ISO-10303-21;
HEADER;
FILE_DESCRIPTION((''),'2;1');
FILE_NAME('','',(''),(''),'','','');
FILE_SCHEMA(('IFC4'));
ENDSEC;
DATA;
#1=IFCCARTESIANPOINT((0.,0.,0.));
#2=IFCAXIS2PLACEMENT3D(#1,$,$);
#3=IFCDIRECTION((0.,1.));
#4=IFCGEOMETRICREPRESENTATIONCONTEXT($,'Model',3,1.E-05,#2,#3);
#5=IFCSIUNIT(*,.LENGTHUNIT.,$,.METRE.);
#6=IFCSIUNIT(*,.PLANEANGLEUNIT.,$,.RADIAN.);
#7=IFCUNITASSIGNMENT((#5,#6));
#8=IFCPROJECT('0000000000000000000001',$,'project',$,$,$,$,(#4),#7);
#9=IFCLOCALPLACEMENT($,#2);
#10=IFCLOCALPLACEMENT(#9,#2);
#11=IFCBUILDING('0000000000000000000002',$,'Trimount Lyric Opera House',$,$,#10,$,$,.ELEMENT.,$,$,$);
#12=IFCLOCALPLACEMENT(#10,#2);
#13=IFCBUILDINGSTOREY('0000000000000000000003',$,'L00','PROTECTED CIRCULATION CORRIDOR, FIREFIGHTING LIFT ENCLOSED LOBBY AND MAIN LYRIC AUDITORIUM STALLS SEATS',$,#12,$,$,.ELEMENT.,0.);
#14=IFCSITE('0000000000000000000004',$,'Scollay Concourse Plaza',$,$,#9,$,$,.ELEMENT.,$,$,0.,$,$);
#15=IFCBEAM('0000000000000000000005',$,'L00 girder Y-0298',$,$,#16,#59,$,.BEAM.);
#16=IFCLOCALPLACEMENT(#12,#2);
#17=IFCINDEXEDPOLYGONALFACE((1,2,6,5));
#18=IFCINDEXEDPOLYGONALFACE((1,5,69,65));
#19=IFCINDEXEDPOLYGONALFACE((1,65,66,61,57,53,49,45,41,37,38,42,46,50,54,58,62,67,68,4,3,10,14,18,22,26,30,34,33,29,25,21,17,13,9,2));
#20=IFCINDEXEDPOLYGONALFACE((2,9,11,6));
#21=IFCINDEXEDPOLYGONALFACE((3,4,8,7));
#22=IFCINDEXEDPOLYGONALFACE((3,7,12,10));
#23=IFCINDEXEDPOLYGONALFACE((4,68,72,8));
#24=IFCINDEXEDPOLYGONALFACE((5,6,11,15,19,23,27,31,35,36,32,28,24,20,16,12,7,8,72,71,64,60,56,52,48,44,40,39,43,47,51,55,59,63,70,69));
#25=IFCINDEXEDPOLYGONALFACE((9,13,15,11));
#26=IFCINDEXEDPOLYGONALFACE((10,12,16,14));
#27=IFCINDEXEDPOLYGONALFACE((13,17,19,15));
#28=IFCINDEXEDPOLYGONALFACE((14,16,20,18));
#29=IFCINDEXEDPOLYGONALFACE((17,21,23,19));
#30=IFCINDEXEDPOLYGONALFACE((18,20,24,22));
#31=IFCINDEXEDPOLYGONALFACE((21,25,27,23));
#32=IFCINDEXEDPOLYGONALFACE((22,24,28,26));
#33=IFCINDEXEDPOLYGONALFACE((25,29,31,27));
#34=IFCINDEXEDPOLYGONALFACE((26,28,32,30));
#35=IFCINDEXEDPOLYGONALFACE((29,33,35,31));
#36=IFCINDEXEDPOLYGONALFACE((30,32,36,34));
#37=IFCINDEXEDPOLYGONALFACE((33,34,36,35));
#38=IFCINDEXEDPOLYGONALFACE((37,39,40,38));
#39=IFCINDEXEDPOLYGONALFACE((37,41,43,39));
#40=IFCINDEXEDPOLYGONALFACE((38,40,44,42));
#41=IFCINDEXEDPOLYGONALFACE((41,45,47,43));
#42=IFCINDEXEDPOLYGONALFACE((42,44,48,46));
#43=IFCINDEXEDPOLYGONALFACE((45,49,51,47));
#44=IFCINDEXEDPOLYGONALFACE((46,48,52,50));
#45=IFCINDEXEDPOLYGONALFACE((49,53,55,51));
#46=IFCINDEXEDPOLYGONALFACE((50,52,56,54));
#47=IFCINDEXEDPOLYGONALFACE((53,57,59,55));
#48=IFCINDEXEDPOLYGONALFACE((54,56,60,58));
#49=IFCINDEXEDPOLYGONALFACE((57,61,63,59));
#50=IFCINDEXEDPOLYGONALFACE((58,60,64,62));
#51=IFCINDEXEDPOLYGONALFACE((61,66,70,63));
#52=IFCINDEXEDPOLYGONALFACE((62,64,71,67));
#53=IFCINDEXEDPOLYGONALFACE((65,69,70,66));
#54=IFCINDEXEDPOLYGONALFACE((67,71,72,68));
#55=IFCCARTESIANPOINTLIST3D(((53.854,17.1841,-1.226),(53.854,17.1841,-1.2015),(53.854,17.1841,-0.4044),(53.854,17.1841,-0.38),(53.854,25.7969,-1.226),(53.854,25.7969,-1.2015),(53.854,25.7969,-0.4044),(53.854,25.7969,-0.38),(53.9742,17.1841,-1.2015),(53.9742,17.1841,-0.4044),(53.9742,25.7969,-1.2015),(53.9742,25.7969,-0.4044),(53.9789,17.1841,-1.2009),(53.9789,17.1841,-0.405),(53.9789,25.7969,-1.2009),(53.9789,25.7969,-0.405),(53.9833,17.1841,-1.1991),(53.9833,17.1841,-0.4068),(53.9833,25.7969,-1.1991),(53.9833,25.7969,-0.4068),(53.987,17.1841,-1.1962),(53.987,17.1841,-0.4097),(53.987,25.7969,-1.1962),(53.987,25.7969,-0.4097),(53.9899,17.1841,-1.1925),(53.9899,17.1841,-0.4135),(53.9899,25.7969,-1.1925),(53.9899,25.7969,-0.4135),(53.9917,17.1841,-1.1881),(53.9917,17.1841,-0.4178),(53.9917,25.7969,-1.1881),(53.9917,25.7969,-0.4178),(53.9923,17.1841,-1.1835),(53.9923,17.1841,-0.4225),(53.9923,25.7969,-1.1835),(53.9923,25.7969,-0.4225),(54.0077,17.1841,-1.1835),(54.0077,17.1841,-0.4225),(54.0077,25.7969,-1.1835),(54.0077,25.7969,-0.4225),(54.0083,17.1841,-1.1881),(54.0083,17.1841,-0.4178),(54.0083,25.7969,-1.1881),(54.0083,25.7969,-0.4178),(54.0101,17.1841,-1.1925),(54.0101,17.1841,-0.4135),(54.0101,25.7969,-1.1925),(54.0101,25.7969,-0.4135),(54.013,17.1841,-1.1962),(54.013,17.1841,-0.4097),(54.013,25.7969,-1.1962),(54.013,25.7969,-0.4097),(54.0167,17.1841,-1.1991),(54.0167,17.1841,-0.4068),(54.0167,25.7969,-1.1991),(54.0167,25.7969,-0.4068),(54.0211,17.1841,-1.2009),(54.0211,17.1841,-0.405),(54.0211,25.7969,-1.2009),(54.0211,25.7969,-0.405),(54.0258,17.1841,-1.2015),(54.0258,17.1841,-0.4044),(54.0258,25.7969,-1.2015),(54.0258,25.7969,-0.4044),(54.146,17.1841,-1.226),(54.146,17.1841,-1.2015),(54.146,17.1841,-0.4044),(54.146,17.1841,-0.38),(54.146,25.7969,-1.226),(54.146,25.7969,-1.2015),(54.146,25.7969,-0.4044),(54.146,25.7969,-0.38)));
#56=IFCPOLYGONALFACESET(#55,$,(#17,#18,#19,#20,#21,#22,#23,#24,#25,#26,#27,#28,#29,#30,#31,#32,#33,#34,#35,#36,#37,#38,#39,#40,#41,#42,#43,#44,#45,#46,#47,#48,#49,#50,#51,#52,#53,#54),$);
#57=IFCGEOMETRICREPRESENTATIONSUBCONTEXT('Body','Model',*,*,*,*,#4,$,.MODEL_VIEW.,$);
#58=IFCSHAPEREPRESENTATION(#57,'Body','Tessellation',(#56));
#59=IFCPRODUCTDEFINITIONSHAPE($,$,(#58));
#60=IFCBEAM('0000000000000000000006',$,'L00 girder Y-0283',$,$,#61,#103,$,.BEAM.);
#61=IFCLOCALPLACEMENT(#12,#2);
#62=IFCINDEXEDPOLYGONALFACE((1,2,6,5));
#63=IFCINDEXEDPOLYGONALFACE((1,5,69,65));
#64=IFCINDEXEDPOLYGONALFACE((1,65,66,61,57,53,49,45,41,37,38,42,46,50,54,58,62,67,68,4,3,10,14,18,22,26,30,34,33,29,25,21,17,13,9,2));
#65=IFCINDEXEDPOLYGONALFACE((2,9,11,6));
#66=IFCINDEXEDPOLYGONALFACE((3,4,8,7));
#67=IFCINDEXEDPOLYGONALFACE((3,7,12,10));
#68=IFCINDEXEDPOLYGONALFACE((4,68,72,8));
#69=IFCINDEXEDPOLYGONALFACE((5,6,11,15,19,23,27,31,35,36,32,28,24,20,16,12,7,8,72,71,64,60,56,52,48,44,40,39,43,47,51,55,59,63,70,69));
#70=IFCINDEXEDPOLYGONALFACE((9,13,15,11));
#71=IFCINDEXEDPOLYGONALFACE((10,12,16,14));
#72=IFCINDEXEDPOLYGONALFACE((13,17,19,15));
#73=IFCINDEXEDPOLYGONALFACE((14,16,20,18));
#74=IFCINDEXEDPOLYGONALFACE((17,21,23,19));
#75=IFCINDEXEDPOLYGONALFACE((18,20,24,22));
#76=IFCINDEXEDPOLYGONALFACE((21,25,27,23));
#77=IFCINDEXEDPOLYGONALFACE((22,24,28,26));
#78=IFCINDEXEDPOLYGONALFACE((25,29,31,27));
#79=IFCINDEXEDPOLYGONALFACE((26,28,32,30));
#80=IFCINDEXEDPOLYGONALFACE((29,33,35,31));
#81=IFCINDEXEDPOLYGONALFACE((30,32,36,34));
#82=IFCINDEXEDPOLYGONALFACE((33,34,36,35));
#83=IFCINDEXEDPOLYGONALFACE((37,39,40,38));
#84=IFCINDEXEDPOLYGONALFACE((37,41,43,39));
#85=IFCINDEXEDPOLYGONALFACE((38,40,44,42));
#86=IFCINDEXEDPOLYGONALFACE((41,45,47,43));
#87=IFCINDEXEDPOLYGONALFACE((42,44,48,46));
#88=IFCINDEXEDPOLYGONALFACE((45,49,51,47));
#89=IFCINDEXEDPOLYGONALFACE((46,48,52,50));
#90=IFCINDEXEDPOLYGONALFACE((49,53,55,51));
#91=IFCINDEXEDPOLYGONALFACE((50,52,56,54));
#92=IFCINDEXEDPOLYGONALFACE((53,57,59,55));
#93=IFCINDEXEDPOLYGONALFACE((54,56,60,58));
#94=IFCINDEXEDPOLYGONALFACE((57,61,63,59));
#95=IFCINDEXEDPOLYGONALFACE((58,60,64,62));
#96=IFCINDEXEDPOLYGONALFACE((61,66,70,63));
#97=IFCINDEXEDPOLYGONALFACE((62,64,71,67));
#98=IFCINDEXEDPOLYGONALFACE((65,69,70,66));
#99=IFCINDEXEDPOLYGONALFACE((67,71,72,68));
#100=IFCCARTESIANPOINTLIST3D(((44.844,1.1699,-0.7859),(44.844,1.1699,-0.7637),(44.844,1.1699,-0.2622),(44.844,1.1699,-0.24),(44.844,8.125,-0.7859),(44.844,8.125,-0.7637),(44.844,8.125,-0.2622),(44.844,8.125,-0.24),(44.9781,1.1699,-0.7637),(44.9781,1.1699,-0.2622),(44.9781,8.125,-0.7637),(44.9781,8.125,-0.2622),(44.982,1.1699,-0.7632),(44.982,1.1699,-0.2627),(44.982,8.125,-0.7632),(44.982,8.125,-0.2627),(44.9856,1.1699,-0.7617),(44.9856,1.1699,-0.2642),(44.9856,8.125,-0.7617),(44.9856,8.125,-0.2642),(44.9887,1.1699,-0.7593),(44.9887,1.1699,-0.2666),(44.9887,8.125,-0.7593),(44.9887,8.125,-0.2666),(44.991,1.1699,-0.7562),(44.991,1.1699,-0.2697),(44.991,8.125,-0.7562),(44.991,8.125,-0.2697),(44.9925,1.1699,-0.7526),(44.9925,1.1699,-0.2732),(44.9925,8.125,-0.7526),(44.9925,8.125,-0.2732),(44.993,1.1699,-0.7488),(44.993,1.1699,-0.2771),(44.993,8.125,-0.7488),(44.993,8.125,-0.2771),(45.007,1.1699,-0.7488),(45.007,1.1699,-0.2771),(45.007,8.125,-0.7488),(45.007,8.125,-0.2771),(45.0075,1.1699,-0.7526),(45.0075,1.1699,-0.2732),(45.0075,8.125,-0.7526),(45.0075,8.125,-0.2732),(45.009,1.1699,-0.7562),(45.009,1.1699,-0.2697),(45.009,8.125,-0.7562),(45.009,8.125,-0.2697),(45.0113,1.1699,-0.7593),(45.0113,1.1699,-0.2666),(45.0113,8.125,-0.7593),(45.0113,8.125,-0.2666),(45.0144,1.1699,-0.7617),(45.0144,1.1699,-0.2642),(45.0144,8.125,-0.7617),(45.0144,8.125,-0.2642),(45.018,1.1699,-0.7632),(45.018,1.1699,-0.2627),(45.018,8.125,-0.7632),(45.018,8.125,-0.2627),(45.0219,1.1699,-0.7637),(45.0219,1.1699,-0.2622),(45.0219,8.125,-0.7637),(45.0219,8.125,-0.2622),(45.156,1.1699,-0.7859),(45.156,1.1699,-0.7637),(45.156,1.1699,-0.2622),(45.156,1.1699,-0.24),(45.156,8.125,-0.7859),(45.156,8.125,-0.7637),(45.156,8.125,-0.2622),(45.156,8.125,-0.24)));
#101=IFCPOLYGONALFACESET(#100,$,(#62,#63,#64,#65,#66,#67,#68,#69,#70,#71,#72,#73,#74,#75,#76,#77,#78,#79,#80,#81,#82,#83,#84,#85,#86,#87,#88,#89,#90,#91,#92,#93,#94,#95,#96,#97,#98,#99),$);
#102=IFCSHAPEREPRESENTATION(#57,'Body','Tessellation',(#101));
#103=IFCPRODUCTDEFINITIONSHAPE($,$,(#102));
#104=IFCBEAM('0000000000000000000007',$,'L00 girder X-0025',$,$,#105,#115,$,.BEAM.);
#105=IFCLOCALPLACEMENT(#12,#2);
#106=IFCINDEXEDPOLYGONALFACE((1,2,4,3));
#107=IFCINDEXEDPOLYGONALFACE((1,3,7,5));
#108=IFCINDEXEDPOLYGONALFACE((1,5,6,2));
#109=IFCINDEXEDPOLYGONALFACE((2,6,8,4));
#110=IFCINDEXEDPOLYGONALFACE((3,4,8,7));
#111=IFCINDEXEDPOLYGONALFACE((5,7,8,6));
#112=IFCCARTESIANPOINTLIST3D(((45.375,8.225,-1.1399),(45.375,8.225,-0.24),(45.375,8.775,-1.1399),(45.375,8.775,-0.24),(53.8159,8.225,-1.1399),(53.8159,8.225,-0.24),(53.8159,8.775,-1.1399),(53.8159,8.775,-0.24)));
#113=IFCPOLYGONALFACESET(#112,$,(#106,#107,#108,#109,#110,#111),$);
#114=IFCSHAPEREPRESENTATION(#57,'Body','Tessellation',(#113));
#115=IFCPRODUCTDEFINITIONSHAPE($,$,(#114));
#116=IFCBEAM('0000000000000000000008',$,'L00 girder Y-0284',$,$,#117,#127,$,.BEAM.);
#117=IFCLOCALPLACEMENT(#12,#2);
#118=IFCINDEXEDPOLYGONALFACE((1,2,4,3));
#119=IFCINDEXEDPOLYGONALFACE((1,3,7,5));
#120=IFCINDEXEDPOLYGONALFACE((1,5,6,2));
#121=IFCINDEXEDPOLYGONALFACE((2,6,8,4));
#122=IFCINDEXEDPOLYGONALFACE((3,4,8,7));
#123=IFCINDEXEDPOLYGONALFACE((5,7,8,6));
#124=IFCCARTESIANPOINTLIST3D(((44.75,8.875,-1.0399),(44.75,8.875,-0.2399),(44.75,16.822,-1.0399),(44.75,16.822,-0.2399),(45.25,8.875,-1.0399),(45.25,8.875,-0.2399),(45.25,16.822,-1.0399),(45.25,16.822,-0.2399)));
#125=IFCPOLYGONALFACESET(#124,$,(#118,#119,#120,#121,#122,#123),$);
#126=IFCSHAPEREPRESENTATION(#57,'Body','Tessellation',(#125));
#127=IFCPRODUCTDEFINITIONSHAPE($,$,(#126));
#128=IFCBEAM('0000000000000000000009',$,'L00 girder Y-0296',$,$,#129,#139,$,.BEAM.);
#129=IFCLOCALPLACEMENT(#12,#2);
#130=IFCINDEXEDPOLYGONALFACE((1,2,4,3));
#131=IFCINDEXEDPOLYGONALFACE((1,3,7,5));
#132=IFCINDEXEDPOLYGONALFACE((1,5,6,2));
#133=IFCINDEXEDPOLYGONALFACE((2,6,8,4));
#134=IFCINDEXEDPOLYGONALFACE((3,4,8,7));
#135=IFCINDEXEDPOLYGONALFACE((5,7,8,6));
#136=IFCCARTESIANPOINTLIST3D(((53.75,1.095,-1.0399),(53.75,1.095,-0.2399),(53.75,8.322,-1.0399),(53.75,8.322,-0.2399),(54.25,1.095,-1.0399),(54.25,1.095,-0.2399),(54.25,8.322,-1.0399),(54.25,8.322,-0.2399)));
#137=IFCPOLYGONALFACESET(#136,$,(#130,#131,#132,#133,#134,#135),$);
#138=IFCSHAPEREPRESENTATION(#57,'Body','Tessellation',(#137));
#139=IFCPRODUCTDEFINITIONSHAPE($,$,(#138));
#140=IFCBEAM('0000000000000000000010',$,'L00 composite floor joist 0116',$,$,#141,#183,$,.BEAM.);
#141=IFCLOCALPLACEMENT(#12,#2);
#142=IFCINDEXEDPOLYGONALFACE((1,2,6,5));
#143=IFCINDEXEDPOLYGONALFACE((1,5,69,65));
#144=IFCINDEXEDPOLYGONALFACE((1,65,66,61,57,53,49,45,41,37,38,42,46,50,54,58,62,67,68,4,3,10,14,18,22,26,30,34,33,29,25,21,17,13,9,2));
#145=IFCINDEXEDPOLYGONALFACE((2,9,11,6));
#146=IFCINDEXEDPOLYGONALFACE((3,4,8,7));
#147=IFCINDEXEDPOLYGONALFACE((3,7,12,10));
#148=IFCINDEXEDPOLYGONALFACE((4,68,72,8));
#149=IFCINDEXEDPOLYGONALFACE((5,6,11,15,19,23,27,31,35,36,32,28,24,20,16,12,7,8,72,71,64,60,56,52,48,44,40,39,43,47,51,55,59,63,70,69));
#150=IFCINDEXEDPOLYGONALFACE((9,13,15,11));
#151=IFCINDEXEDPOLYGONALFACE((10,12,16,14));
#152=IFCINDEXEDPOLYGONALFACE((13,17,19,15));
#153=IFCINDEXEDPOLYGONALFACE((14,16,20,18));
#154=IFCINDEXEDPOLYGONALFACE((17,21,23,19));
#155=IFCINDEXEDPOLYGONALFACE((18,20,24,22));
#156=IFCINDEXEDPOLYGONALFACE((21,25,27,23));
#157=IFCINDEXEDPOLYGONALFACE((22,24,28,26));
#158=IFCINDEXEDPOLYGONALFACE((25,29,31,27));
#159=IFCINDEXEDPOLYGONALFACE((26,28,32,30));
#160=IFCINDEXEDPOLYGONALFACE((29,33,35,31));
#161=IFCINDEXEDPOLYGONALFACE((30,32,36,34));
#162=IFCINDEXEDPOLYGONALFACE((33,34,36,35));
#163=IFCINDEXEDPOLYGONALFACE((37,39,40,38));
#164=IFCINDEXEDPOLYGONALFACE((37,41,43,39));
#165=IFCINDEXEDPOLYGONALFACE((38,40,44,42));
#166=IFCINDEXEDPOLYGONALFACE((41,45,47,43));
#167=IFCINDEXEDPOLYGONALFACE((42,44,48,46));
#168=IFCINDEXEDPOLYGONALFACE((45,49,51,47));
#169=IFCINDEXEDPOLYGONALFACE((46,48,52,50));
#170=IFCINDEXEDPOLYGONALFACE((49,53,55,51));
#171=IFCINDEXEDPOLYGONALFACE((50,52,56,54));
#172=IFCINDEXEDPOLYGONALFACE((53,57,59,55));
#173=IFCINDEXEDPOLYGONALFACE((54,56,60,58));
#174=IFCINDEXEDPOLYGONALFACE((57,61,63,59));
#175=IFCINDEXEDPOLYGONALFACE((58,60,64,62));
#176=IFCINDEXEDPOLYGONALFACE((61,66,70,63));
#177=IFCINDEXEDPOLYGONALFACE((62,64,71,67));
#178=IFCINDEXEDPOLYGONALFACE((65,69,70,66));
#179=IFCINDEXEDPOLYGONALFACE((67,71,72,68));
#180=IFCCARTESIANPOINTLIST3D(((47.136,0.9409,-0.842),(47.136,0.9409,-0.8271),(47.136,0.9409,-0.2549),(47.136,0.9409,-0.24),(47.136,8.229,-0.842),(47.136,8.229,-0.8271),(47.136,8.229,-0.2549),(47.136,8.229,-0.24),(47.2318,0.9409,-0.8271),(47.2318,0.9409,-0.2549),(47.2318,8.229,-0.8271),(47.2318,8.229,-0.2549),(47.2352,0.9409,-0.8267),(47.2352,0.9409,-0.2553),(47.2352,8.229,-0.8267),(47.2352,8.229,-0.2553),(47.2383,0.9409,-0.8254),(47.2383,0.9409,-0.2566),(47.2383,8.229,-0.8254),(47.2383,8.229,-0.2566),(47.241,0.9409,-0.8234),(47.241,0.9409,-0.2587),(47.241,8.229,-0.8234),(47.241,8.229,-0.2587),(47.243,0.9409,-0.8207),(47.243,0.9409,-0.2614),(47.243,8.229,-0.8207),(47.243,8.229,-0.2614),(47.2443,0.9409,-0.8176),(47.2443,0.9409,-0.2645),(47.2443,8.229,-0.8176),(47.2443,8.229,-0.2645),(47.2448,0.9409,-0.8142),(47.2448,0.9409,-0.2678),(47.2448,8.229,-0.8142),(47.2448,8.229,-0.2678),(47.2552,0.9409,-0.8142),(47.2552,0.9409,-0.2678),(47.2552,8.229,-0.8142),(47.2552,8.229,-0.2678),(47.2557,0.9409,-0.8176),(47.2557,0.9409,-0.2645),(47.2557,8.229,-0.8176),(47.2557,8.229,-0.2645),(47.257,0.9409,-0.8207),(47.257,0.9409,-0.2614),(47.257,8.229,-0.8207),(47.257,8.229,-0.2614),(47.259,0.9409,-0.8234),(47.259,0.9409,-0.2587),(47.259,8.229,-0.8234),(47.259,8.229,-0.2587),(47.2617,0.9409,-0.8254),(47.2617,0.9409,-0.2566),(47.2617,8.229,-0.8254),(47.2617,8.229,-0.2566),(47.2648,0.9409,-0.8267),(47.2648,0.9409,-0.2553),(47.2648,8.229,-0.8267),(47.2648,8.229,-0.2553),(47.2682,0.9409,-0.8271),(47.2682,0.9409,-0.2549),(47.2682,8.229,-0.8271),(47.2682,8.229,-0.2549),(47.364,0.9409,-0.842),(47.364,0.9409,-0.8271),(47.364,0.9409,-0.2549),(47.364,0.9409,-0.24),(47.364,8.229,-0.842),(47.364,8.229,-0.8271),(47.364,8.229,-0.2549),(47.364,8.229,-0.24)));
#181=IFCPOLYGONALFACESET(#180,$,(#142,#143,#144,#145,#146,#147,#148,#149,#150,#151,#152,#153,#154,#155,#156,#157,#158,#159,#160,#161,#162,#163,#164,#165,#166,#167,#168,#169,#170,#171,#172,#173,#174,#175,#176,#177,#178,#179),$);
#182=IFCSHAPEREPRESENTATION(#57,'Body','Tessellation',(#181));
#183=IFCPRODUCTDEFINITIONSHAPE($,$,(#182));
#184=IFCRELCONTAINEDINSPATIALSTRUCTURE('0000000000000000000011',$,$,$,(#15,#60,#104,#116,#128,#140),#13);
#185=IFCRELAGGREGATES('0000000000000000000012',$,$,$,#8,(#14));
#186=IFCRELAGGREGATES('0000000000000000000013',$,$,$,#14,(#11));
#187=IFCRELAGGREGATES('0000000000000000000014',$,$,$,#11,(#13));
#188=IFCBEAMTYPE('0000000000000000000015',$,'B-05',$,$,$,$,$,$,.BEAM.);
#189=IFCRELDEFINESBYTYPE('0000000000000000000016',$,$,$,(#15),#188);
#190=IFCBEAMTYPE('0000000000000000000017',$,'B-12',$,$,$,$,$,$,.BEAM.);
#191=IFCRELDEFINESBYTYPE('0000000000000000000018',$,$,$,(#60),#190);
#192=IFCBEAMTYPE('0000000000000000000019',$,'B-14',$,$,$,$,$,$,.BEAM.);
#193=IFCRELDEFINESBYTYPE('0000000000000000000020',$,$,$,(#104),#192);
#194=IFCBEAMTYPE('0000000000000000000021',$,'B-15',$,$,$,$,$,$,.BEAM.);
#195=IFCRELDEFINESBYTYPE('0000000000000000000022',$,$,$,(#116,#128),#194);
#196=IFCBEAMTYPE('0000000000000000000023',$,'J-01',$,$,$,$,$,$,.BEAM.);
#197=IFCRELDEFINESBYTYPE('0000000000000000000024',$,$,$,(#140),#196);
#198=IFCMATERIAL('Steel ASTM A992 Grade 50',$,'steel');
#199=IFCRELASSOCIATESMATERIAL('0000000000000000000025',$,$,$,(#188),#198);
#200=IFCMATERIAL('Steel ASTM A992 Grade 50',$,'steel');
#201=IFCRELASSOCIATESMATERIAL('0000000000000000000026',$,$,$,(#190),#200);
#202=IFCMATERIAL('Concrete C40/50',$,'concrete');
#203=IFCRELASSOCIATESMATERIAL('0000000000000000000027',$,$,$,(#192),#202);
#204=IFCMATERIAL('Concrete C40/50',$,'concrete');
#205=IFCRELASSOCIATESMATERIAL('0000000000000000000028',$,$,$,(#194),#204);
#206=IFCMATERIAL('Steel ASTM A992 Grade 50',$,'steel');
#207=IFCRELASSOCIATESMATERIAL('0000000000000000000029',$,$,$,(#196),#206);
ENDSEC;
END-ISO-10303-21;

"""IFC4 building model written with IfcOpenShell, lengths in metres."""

from ifc_helpers import new_model, si_unit, direction, frame, origin, origin_2d, place, context, subcontext, project, spatial, rectangle, i_section, extrude, material, material_profile, profile_set, type_object, element, save


model = new_model("IFC4")

# Units and contexts
model_context = context("Model", 3, precision=1e-05, world=origin(), true_north=direction((0.0, 1.0)))
body_context = subcontext(model_context, "Body", "Model", "MODEL_VIEW")
ifc_project = project(units=[si_unit("LENGTHUNIT", "METRE"), si_unit("PLANEANGLEUNIT", "RADIAN")], contexts=[model_context])

# Site, building, storey
site_placement = place(None, origin())
site = spatial("IfcSite", under=ifc_project, at=site_placement, Name="Scollay Concourse Plaza", CompositionType="ELEMENT", RefElevation=0.0)
building_placement = place(site_placement, origin())
building = spatial("IfcBuilding", under=site, at=building_placement, Name="Trimount Lyric Opera House", CompositionType="ELEMENT")
storey_placement = place(building_placement, origin())
storey = spatial("IfcBuildingStorey", under=building, at=storey_placement, Name="L00", Description="PROTECTED CIRCULATION CORRIDOR, FIREFIGHTING LIFT ENCLOSED LOBBY AND MAIN LYRIC AUDITORIUM STALLS SEATS", CompositionType="ELEMENT", Elevation=0.0)

# Beams
ifc_material_1 = material(Name="Steel ASTM A992 Grade 50", Category="steel")
ifc_material_profile_1 = material_profile(ifc_material_1, i_section(OverallWidth=0.292, OverallDepth=0.8459, WebThickness=0.0154, FlangeThickness=0.0244, FilletRadius=0.0181, at=origin_2d()), Name="W33X141")
ifc_profile_set_1 = profile_set([ifc_material_profile_1], Name="Steel ASTM A992 Grade 50")
beam_type_1 = type_object("IfcBeamType", Name="B-05", PredefinedType="BEAM", material=ifc_profile_set_1)
beam_1_placement = place(storey_placement, frame((54.0, 17.1841, -0.803), z_axis=(0.0, 1.0, 0.0), x_axis=(-1.0, 0.0, 0.0)))
element("IfcBeam", 1, at=beam_1_placement, inside=storey, type_object=beam_type_1, Name="L00 girder Y-0298", PredefinedType="BEAM", context=body_context, shape_type="SweptSolid", body=[
    extrude(i_section(OverallWidth=0.292, OverallDepth=0.8459, WebThickness=0.0154, FlangeThickness=0.0244, FilletRadius=0.0181, at=origin_2d()), origin(), (0.0, 0.0, 1.0), 8.6128),
])
ifc_material_2 = material(Name="Steel ASTM A992 Grade 50", Category="steel")
ifc_material_profile_2 = material_profile(ifc_material_2, i_section(OverallWidth=0.312, OverallDepth=0.5459, WebThickness=0.0139, FlangeThickness=0.0222, FilletRadius=0.0149, at=origin_2d()), Name="W21X111")
ifc_profile_set_2 = profile_set([ifc_material_profile_2], Name="Steel ASTM A992 Grade 50")
beam_type_2 = type_object("IfcBeamType", Name="B-12", PredefinedType="BEAM", material=ifc_profile_set_2)
beam_2_placement = place(storey_placement, frame((45.0, 1.1699, -0.5129), z_axis=(0.0, 1.0, 0.0), x_axis=(-1.0, 0.0, 0.0)))
element("IfcBeam", 2, at=beam_2_placement, inside=storey, type_object=beam_type_2, Name="L00 girder Y-0283", PredefinedType="BEAM", context=body_context, shape_type="SweptSolid", body=[
    extrude(i_section(OverallWidth=0.312, OverallDepth=0.5459, WebThickness=0.0139, FlangeThickness=0.0222, FilletRadius=0.0149, at=origin_2d()), origin(), (0.0, 0.0, 1.0), 6.9551),
])
ifc_material_3 = material(Name="Concrete C40/50", Category="concrete")
ifc_material_profile_3 = material_profile(ifc_material_3, rectangle(XDim=0.55, YDim=0.8999, at=origin_2d()), Name="RC550X900")
ifc_profile_set_3 = profile_set([ifc_material_profile_3], Name="Concrete C40/50")
beam_type_3 = type_object("IfcBeamType", Name="B-14", PredefinedType="BEAM", material=ifc_profile_set_3)
beam_3_placement = place(storey_placement, frame((45.375, 8.5, -0.6899), z_axis=(1.0, 0.0, 0.0), x_axis=(0.0, 1.0, 0.0)))
element("IfcBeam", 3, at=beam_3_placement, inside=storey, type_object=beam_type_3, Name="L00 girder X-0025", PredefinedType="BEAM", context=body_context, shape_type="SweptSolid", body=[
    extrude(rectangle(XDim=0.55, YDim=0.8999, at=origin_2d()), origin(), (0.0, 0.0, 1.0), 8.4409),
])
ifc_material_4 = material(Name="Concrete C40/50", Category="concrete")
ifc_material_profile_4 = material_profile(ifc_material_4, rectangle(XDim=0.5, YDim=0.8, at=origin_2d()), Name="RC500X800")
ifc_profile_set_4 = profile_set([ifc_material_profile_4], Name="Concrete C40/50")
beam_type_4 = type_object("IfcBeamType", Name="B-15", PredefinedType="BEAM", material=ifc_profile_set_4)
beam_4_placement = place(storey_placement, frame((45.0, 8.875, -0.6399), z_axis=(0.0, 1.0, 0.0), x_axis=(-1.0, 0.0, 0.0)))
element("IfcBeam", 4, at=beam_4_placement, inside=storey, type_object=beam_type_4, Name="L00 girder Y-0284", PredefinedType="BEAM", context=body_context, shape_type="SweptSolid", body=[
    extrude(rectangle(XDim=0.5, YDim=0.8, at=origin_2d()), origin(), (0.0, 0.0, 1.0), 7.947),
])
beam_5_placement = place(storey_placement, frame((54.0, 1.095, -0.6399), z_axis=(0.0, 1.0, 0.0), x_axis=(-1.0, 0.0, 0.0)))
element("IfcBeam", 5, at=beam_5_placement, inside=storey, type_object=beam_type_4, Name="L00 girder Y-0296", PredefinedType="BEAM", context=body_context, shape_type="SweptSolid", body=[
    extrude(rectangle(XDim=0.5, YDim=0.8, at=origin_2d()), origin(), (0.0, 0.0, 1.0), 7.2271),
])
ifc_material_5 = material(Name="Steel ASTM A992 Grade 50", Category="steel")
ifc_material_profile_5 = material_profile(ifc_material_5, i_section(OverallWidth=0.228, OverallDepth=0.6021, WebThickness=0.0105, FlangeThickness=0.0149, FilletRadius=0.0129, at=origin_2d()), Name="W24X68")
ifc_profile_set_5 = profile_set([ifc_material_profile_5], Name="Steel ASTM A992 Grade 50")
beam_type_5 = type_object("IfcBeamType", Name="J-01", PredefinedType="BEAM", material=ifc_profile_set_5)
beam_6_placement = place(storey_placement, frame((47.25, 0.9409, -0.541), z_axis=(0.0, 1.0, 0.0), x_axis=(-1.0, 0.0, 0.0)))
element("IfcBeam", 6, at=beam_6_placement, inside=storey, type_object=beam_type_5, Name="L00 composite floor joist 0116", PredefinedType="BEAM", context=body_context, shape_type="SweptSolid", body=[
    extrude(i_section(OverallWidth=0.228, OverallDepth=0.6021, WebThickness=0.0105, FlangeThickness=0.0149, FilletRadius=0.0129, at=origin_2d()), origin(), (0.0, 0.0, 1.0), 7.2881),
])

save(model, "model.ifc")
